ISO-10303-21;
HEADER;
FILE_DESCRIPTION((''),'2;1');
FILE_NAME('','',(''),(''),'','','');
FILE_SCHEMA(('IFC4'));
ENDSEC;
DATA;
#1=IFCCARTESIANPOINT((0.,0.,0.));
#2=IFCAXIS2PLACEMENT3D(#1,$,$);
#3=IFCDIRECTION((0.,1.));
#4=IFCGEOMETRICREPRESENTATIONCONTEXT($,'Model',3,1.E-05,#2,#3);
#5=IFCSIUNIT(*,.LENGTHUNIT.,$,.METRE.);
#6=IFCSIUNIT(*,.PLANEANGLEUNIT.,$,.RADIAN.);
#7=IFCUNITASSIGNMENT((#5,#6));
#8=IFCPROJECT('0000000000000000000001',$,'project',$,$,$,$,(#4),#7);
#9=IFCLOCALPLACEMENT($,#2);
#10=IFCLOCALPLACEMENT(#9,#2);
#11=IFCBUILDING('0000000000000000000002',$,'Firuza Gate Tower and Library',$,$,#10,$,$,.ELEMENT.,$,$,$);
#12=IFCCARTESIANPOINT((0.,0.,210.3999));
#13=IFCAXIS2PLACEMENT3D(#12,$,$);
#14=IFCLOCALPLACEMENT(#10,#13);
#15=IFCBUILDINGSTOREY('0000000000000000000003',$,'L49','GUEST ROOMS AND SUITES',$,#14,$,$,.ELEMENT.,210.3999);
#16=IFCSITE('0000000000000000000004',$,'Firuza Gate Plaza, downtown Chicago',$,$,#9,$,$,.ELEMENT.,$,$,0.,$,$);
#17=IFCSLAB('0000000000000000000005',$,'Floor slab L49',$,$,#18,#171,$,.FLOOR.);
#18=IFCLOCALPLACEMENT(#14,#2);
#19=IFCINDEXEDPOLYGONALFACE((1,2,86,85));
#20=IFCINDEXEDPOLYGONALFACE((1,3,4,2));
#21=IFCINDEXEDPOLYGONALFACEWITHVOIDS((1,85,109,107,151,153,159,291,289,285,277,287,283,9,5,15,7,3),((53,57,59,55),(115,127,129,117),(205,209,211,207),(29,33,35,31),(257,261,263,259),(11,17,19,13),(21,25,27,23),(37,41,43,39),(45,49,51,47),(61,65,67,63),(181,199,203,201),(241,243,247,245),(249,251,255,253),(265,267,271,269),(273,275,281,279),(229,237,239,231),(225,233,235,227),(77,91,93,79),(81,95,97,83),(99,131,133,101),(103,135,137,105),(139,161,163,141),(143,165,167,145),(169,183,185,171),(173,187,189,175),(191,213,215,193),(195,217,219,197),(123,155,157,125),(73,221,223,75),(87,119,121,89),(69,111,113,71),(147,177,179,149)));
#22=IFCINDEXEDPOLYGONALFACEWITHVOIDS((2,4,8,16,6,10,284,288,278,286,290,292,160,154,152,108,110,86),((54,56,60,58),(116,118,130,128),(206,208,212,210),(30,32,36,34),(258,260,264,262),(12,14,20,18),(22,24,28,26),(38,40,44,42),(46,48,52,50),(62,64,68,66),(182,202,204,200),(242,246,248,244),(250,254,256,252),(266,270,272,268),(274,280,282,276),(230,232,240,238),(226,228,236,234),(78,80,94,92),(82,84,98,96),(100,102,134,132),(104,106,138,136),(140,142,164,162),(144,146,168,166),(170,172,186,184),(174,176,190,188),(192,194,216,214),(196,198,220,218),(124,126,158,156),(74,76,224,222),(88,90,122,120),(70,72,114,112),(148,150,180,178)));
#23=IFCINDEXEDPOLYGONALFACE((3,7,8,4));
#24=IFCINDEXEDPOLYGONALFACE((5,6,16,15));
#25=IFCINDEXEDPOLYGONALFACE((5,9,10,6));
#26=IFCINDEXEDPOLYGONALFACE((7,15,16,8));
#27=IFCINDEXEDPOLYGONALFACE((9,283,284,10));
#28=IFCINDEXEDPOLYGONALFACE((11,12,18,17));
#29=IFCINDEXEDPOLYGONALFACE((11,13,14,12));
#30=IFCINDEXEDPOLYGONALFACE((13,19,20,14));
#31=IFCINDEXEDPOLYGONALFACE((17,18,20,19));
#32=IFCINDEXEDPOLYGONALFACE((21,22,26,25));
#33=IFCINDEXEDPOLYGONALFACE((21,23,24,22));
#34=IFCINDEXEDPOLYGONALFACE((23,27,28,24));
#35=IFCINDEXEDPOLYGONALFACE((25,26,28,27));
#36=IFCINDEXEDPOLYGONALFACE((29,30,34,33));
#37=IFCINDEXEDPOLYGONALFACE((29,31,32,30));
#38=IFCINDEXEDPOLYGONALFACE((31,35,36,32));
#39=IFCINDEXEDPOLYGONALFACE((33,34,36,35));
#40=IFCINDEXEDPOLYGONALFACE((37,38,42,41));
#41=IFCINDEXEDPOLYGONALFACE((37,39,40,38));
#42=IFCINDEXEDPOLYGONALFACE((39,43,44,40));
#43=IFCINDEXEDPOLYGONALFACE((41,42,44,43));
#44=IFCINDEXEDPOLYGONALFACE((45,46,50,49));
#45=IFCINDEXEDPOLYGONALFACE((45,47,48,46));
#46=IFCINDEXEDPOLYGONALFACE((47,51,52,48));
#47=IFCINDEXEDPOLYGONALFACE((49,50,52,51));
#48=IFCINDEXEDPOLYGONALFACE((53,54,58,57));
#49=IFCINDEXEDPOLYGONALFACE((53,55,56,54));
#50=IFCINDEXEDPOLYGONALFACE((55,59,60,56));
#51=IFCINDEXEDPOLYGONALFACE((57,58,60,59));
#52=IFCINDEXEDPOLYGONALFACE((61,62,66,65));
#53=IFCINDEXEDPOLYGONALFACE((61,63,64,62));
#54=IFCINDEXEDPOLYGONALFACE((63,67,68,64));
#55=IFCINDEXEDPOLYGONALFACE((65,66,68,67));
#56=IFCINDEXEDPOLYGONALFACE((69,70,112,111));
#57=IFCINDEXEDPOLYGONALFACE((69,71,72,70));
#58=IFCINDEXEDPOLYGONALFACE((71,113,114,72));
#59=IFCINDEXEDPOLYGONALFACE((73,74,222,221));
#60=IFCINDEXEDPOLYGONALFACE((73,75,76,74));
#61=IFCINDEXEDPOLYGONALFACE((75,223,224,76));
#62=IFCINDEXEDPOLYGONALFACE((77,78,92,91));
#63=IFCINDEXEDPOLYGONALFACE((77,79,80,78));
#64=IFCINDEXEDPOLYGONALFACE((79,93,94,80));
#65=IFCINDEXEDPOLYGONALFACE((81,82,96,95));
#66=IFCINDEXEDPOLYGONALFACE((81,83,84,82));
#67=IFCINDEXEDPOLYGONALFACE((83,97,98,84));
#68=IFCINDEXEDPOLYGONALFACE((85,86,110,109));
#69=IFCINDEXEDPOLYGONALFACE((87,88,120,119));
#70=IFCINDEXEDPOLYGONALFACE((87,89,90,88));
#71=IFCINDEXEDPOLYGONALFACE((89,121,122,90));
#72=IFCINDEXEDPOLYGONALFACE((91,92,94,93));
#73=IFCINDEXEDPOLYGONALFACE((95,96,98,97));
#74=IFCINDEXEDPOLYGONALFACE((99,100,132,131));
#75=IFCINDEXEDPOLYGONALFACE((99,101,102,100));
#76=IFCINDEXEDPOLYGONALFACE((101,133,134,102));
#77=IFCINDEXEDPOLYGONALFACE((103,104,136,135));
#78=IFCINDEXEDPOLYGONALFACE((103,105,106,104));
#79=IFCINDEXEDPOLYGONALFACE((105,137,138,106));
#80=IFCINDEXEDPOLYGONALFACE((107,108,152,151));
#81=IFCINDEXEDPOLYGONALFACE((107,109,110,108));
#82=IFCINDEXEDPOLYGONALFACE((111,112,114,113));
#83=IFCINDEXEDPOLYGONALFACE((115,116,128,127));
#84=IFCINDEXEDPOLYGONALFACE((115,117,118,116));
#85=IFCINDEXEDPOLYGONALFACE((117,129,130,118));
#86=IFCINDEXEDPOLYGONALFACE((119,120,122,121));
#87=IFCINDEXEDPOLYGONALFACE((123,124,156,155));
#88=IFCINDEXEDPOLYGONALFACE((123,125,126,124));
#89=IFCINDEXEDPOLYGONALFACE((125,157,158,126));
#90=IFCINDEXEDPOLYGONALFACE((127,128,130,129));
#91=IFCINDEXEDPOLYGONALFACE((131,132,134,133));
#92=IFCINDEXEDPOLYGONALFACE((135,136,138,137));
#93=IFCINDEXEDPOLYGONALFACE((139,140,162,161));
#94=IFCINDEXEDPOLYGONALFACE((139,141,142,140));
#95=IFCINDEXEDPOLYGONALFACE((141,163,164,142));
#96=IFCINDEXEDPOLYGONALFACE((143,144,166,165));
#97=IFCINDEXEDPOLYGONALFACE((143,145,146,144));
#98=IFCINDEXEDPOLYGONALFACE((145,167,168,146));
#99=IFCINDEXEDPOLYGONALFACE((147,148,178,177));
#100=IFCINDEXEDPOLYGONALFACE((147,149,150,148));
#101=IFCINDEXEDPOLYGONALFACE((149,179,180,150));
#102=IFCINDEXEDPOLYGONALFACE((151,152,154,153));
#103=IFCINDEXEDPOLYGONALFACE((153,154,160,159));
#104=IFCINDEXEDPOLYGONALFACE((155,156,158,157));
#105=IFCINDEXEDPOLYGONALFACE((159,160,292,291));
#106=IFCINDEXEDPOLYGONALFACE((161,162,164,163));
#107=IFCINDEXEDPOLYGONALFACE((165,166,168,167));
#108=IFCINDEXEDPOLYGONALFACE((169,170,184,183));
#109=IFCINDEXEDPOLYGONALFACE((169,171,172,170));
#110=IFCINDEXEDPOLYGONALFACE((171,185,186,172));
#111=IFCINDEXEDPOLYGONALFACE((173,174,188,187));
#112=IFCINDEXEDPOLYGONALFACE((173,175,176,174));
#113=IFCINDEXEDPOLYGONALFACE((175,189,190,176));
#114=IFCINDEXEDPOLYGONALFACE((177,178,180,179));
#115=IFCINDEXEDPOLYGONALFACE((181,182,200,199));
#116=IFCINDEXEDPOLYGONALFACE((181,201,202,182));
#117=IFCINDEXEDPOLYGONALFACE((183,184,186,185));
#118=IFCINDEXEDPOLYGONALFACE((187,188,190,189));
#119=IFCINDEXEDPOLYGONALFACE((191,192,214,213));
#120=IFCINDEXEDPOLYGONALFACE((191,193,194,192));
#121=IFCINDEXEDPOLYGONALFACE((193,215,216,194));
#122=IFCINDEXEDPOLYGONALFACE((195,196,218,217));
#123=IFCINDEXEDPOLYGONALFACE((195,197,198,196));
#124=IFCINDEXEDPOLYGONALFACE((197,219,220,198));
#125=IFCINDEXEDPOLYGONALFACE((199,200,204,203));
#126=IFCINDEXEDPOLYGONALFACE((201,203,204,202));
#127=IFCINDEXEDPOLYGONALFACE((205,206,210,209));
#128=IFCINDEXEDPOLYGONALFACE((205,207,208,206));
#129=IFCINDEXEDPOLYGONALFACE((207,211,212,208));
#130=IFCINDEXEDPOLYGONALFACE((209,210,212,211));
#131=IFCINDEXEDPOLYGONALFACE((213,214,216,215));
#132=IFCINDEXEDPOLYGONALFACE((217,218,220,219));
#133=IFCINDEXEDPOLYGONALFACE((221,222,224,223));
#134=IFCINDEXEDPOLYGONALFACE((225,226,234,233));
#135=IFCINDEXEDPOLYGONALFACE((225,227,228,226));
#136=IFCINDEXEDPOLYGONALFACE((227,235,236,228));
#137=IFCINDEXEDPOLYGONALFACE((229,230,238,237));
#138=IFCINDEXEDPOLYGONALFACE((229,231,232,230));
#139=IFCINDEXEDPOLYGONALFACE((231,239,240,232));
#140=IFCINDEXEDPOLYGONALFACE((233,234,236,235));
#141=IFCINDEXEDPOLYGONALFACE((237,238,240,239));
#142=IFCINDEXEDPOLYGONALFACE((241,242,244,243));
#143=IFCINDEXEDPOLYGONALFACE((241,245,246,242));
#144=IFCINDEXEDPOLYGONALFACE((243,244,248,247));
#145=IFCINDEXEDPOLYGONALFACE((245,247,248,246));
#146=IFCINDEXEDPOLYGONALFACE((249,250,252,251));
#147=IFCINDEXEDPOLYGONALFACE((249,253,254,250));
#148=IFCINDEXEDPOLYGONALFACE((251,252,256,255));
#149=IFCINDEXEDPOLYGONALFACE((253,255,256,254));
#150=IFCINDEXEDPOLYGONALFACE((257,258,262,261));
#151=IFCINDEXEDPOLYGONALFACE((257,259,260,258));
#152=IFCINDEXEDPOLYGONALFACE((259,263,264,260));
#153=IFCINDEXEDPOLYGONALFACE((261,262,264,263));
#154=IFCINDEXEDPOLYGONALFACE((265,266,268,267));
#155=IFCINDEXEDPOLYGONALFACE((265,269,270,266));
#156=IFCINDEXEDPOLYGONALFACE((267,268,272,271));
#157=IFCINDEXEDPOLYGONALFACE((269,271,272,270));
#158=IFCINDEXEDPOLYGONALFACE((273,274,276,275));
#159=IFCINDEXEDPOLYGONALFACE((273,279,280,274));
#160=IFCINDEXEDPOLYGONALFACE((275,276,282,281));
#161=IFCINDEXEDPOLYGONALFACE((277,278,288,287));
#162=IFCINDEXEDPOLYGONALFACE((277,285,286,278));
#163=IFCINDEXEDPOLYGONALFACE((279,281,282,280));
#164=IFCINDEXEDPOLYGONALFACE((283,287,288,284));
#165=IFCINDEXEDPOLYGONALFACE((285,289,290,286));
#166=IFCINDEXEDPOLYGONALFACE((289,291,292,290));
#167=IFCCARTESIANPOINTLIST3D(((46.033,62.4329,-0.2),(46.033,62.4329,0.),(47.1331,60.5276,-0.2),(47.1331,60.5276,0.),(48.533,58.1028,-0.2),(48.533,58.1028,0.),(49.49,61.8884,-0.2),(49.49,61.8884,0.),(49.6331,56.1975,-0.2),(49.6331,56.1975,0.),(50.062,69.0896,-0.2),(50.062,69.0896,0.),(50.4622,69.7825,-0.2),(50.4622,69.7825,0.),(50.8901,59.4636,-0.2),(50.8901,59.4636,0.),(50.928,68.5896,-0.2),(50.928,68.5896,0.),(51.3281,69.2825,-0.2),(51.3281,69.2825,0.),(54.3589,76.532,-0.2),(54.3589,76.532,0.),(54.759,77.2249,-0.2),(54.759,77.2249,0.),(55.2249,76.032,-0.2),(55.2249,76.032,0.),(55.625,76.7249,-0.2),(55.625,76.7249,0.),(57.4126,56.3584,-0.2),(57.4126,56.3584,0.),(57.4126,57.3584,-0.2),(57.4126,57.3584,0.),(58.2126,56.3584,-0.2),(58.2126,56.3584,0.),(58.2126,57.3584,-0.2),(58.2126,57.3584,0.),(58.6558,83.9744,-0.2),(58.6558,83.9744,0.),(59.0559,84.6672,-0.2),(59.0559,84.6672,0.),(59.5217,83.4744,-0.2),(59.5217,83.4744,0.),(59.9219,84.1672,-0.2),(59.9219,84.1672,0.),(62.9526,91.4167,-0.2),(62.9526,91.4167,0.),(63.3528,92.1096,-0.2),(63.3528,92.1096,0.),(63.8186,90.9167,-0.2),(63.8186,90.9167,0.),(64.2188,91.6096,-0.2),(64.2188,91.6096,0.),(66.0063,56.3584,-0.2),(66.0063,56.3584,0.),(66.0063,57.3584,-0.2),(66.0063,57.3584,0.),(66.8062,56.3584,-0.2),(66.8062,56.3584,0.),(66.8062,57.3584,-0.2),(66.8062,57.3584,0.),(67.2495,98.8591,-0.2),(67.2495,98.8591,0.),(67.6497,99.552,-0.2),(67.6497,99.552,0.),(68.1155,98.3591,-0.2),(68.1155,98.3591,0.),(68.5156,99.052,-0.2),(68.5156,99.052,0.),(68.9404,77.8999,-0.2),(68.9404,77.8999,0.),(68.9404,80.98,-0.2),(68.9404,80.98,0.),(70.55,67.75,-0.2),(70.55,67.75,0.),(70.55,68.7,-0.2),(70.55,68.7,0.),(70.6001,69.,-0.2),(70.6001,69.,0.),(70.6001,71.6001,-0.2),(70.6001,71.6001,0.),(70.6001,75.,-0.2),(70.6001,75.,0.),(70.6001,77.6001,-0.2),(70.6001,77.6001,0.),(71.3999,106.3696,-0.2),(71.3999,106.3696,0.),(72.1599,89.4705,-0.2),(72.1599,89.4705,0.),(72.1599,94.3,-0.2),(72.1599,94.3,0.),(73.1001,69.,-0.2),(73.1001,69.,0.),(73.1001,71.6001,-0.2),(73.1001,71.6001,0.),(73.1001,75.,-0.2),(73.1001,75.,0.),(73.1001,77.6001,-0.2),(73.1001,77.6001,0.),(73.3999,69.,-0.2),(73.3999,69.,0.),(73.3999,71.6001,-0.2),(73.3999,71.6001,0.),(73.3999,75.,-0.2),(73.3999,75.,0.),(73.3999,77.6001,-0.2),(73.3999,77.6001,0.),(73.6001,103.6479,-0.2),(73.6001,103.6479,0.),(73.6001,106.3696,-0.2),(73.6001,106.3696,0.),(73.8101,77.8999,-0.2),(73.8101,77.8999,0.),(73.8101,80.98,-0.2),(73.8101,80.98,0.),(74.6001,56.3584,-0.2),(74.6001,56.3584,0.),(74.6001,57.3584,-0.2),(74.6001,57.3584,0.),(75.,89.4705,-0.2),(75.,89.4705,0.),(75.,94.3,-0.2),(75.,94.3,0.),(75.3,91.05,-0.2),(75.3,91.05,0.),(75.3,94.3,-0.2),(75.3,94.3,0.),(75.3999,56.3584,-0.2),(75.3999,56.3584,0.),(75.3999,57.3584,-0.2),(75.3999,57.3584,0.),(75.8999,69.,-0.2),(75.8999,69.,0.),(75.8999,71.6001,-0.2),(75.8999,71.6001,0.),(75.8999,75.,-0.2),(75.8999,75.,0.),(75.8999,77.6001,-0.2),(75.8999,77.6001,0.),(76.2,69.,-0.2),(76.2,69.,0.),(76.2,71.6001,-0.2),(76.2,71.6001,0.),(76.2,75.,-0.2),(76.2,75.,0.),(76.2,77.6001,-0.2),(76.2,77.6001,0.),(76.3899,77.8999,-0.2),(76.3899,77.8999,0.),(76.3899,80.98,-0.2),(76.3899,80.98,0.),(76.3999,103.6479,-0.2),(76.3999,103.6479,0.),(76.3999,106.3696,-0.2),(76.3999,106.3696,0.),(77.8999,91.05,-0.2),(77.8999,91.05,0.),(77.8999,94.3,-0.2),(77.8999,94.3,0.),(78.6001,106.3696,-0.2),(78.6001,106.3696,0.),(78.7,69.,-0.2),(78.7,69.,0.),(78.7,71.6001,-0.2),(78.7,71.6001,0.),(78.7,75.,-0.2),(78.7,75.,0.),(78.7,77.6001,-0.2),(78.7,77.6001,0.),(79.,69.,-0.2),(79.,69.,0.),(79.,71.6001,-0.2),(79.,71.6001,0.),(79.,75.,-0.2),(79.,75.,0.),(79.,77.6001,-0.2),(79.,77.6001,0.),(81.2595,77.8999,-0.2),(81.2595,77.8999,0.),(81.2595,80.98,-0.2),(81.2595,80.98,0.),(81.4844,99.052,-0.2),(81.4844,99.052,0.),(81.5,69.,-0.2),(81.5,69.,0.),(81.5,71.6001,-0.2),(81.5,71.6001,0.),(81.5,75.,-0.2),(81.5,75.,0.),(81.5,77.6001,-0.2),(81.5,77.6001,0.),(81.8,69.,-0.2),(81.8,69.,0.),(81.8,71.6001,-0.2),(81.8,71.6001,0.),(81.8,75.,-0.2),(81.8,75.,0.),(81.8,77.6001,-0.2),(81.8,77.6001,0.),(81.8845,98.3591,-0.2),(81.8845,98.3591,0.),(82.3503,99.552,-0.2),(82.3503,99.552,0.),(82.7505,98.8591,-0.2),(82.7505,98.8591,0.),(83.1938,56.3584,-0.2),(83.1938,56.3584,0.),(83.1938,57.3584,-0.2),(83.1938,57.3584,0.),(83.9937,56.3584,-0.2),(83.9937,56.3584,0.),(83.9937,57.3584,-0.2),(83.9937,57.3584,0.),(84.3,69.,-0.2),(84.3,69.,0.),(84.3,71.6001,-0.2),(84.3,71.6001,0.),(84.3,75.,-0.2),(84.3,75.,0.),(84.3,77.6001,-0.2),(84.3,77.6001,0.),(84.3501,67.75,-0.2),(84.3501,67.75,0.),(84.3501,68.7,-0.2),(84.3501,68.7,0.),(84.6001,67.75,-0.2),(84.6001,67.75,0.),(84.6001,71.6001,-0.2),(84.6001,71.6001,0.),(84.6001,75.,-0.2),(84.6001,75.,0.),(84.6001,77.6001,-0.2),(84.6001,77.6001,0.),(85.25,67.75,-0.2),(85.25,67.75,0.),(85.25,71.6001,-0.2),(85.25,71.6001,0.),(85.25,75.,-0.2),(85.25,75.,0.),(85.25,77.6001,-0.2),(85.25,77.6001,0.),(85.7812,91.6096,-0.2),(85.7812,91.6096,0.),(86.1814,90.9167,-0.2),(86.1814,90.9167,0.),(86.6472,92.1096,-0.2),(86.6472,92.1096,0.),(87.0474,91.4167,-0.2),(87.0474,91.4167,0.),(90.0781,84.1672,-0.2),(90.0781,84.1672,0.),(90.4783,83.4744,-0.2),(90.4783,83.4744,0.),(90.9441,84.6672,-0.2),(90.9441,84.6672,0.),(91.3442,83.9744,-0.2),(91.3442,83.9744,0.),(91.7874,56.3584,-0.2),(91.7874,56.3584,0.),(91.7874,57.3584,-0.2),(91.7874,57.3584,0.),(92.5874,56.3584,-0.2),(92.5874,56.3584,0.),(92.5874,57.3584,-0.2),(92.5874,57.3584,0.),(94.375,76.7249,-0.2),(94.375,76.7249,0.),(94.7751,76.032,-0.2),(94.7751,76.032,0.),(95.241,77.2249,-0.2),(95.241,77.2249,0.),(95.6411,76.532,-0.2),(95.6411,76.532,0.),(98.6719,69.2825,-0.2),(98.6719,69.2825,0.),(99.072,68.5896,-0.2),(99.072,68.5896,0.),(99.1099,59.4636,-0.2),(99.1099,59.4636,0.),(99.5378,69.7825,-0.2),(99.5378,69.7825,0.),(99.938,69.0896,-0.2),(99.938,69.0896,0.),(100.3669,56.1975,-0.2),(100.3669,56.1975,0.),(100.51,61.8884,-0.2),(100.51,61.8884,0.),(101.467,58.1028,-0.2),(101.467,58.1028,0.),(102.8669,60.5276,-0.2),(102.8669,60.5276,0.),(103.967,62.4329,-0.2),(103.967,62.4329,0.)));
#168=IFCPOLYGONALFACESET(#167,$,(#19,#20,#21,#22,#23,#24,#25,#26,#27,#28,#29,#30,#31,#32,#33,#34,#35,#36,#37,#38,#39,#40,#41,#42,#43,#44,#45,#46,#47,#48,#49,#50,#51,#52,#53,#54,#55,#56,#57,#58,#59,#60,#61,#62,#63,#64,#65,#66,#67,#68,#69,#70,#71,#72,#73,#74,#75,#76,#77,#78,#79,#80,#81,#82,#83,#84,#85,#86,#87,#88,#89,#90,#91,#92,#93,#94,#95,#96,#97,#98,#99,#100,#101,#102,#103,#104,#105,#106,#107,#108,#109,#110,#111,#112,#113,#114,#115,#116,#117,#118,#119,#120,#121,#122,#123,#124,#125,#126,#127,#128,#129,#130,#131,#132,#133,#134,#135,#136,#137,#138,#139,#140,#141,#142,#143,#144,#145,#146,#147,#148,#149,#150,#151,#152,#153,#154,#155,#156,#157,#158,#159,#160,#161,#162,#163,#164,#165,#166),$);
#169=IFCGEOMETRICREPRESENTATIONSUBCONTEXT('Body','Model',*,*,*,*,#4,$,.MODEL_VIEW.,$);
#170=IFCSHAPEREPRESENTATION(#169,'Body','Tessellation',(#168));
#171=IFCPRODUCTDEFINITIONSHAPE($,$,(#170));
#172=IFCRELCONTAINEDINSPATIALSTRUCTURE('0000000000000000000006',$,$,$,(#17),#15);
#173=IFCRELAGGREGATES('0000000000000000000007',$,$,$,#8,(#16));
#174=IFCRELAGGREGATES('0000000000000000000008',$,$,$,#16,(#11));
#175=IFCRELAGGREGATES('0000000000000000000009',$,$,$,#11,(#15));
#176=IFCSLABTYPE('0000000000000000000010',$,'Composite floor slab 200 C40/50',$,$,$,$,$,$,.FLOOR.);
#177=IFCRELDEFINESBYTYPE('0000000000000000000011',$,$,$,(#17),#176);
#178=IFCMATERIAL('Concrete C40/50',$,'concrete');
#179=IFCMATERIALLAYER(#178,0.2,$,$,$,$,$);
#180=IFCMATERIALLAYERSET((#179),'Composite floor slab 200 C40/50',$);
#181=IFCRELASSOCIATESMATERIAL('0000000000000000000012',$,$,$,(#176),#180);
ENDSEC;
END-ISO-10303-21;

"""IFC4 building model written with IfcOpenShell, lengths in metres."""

from ifc_helpers import new_model, si_unit, direction, frame, origin, place, context, subcontext, project, spatial, polyline, outline, extrude, material, layer, layer_set, type_object, element, save


model = new_model("IFC4")

# Units and contexts
model_context = context("Model", 3, precision=1e-05, world=origin(), true_north=direction((0.0, 1.0)))
body_context = subcontext(model_context, "Body", "Model", "MODEL_VIEW")
ifc_project = project(units=[si_unit("LENGTHUNIT", "METRE"), si_unit("PLANEANGLEUNIT", "RADIAN")], contexts=[model_context])

# Site, building, storey
site_placement = place(None, origin())
site = spatial("IfcSite", under=ifc_project, at=site_placement, Name="Firuza Gate Plaza, downtown Chicago", CompositionType="ELEMENT", RefElevation=0.0)
building_placement = place(site_placement, origin())
building = spatial("IfcBuilding", under=site, at=building_placement, Name="Firuza Gate Tower and Library", CompositionType="ELEMENT")
storey_placement = place(building_placement, frame((0.0, 0.0, 210.3999)))
storey = spatial("IfcBuildingStorey", under=building, at=storey_placement, Name="L49", Description="GUEST ROOMS AND SUITES", CompositionType="ELEMENT", Elevation=210.3999)

# Slab
ifc_material_1 = material(Name="Concrete C40/50", Category="concrete")
ifc_layer_1 = layer(ifc_material_1, 0.2)
ifc_layer_set_1 = layer_set([ifc_layer_1], Name="Composite floor slab 200 C40/50")
slab_type_1 = type_object("IfcSlabType", Name="Composite floor slab 200 C40/50", PredefinedType="FLOOR", material=ifc_layer_set_1)
slab_1_placement = place(storey_placement, frame((0.0, 0.0, -0.2)))
element("IfcSlab", 1, at=slab_1_placement, inside=storey, type_object=slab_type_1, Name="Floor slab L49", PredefinedType="FLOOR", context=body_context, shape_type="SweptSolid", body=[
    extrude(outline(polyline([(100.3669, 56.1975), (101.467, 58.1028), (99.1099, 59.4636), (100.51, 61.8884), (102.8669, 60.5276), (103.967, 62.4329), (78.6001, 106.3696), (76.3999, 106.3696), (76.3999, 103.6479), (73.6001, 103.6479), (73.6001, 106.3696), (71.3999, 106.3696), (46.033, 62.4329), (47.1331, 60.5276), (49.49, 61.8884), (50.8901, 59.4636), (48.533, 58.1028), (49.6331, 56.1975), (100.3669, 56.1975)]), holes=[polyline([(57.4126, 56.3584), (57.4126, 57.3584), (58.2126, 57.3584), (58.2126, 56.3584), (57.4126, 56.3584)]), polyline([(74.6001, 56.3584), (74.6001, 57.3584), (75.3999, 57.3584), (75.3999, 56.3584), (74.6001, 56.3584)]), polyline([(66.0063, 56.3584), (66.0063, 57.3584), (66.8062, 57.3584), (66.8062, 56.3584), (66.0063, 56.3584)]), polyline([(84.3501, 67.75), (70.55, 67.75), (70.55, 68.7), (84.3501, 68.7), (84.3501, 67.75)]), polyline([(50.4622, 69.7825), (51.3281, 69.2825), (50.928, 68.5896), (50.062, 69.0896), (50.4622, 69.7825)]), polyline([(73.1001, 69.0), (70.6001, 69.0), (70.6001, 71.6001), (73.1001, 71.6001), (73.1001, 69.0)]), polyline([(75.8999, 69.0), (73.3999, 69.0), (73.3999, 71.6001), (75.8999, 71.6001), (75.8999, 69.0)]), polyline([(73.1001, 75.0), (70.6001, 75.0), (70.6001, 77.6001), (73.1001, 77.6001), (73.1001, 75.0)]), polyline([(75.8999, 75.0), (73.3999, 75.0), (73.3999, 77.6001), (75.8999, 77.6001), (75.8999, 75.0)]), polyline([(54.759, 77.2249), (55.625, 76.7249), (55.2249, 76.032), (54.3589, 76.532), (54.759, 77.2249)]), polyline([(73.8101, 77.8999), (68.9404, 77.8999), (68.9404, 80.98), (73.8101, 80.98), (73.8101, 77.8999)]), polyline([(59.0559, 84.6672), (59.9219, 84.1672), (59.5217, 83.4744), (58.6558, 83.9744), (59.0559, 84.6672)]), polyline([(63.3528, 92.1096), (64.2188, 91.6096), (63.8186, 90.9167), (62.9526, 91.4167), (63.3528, 92.1096)]), polyline([(72.1599, 89.4705), (72.1599, 94.3), (75.0, 94.3), (75.0, 89.4705), (72.1599, 89.4705)]), polyline([(75.3, 91.05), (75.3, 94.3), (77.8999, 94.3), (77.8999, 91.05), (75.3, 91.05)]), polyline([(68.5156, 99.052), (68.1155, 98.3591), (67.2495, 98.8591), (67.6497, 99.552), (68.5156, 99.052)]), polyline([(91.7874, 56.3584), (91.7874, 57.3584), (92.5874, 57.3584), (92.5874, 56.3584), (91.7874, 56.3584)]), polyline([(83.1938, 56.3584), (83.1938, 57.3584), (83.9937, 57.3584), (83.9937, 56.3584), (83.1938, 56.3584)]), polyline([(99.938, 69.0896), (99.072, 68.5896), (98.6719, 69.2825), (99.5378, 69.7825), (99.938, 69.0896)]), polyline([(85.25, 67.75), (84.6001, 67.75), (84.6001, 71.6001), (85.25, 71.6001), (85.25, 67.75)]), polyline([(81.5, 69.0), (79.0, 69.0), (79.0, 71.6001), (81.5, 71.6001), (81.5, 69.0)]), polyline([(81.8, 69.0), (81.8, 71.6001), (84.3, 71.6001), (84.3, 69.0), (81.8, 69.0)]), polyline([(76.2, 69.0), (76.2, 71.6001), (78.7, 71.6001), (78.7, 69.0), (76.2, 69.0)]), polyline([(81.5, 75.0), (79.0, 75.0), (79.0, 77.6001), (81.5, 77.6001), (81.5, 75.0)]), polyline([(84.3, 75.0), (81.8, 75.0), (81.8, 77.6001), (84.3, 77.6001), (84.3, 75.0)]), polyline([(85.25, 75.0), (84.6001, 75.0), (84.6001, 77.6001), (85.25, 77.6001), (85.25, 75.0)]), polyline([(78.7, 75.0), (76.2, 75.0), (76.2, 77.6001), (78.7, 77.6001), (78.7, 75.0)]), polyline([(95.6411, 76.532), (94.7751, 76.032), (94.375, 76.7249), (95.241, 77.2249), (95.6411, 76.532)]), polyline([(81.2595, 77.8999), (76.3899, 77.8999), (76.3899, 80.98), (81.2595, 80.98), (81.2595, 77.8999)]), polyline([(91.3442, 83.9744), (90.4783, 83.4744), (90.0781, 84.1672), (90.9441, 84.6672), (91.3442, 83.9744)]), polyline([(86.1814, 90.9167), (85.7812, 91.6096), (86.6472, 92.1096), (87.0474, 91.4167), (86.1814, 90.9167)]), polyline([(81.8845, 98.3591), (81.4844, 99.052), (82.3503, 99.552), (82.7505, 98.8591), (81.8845, 98.3591)])]), origin(), (0.0, 0.0, 1.0), 0.2),
])

save(model, "model.ifc")
